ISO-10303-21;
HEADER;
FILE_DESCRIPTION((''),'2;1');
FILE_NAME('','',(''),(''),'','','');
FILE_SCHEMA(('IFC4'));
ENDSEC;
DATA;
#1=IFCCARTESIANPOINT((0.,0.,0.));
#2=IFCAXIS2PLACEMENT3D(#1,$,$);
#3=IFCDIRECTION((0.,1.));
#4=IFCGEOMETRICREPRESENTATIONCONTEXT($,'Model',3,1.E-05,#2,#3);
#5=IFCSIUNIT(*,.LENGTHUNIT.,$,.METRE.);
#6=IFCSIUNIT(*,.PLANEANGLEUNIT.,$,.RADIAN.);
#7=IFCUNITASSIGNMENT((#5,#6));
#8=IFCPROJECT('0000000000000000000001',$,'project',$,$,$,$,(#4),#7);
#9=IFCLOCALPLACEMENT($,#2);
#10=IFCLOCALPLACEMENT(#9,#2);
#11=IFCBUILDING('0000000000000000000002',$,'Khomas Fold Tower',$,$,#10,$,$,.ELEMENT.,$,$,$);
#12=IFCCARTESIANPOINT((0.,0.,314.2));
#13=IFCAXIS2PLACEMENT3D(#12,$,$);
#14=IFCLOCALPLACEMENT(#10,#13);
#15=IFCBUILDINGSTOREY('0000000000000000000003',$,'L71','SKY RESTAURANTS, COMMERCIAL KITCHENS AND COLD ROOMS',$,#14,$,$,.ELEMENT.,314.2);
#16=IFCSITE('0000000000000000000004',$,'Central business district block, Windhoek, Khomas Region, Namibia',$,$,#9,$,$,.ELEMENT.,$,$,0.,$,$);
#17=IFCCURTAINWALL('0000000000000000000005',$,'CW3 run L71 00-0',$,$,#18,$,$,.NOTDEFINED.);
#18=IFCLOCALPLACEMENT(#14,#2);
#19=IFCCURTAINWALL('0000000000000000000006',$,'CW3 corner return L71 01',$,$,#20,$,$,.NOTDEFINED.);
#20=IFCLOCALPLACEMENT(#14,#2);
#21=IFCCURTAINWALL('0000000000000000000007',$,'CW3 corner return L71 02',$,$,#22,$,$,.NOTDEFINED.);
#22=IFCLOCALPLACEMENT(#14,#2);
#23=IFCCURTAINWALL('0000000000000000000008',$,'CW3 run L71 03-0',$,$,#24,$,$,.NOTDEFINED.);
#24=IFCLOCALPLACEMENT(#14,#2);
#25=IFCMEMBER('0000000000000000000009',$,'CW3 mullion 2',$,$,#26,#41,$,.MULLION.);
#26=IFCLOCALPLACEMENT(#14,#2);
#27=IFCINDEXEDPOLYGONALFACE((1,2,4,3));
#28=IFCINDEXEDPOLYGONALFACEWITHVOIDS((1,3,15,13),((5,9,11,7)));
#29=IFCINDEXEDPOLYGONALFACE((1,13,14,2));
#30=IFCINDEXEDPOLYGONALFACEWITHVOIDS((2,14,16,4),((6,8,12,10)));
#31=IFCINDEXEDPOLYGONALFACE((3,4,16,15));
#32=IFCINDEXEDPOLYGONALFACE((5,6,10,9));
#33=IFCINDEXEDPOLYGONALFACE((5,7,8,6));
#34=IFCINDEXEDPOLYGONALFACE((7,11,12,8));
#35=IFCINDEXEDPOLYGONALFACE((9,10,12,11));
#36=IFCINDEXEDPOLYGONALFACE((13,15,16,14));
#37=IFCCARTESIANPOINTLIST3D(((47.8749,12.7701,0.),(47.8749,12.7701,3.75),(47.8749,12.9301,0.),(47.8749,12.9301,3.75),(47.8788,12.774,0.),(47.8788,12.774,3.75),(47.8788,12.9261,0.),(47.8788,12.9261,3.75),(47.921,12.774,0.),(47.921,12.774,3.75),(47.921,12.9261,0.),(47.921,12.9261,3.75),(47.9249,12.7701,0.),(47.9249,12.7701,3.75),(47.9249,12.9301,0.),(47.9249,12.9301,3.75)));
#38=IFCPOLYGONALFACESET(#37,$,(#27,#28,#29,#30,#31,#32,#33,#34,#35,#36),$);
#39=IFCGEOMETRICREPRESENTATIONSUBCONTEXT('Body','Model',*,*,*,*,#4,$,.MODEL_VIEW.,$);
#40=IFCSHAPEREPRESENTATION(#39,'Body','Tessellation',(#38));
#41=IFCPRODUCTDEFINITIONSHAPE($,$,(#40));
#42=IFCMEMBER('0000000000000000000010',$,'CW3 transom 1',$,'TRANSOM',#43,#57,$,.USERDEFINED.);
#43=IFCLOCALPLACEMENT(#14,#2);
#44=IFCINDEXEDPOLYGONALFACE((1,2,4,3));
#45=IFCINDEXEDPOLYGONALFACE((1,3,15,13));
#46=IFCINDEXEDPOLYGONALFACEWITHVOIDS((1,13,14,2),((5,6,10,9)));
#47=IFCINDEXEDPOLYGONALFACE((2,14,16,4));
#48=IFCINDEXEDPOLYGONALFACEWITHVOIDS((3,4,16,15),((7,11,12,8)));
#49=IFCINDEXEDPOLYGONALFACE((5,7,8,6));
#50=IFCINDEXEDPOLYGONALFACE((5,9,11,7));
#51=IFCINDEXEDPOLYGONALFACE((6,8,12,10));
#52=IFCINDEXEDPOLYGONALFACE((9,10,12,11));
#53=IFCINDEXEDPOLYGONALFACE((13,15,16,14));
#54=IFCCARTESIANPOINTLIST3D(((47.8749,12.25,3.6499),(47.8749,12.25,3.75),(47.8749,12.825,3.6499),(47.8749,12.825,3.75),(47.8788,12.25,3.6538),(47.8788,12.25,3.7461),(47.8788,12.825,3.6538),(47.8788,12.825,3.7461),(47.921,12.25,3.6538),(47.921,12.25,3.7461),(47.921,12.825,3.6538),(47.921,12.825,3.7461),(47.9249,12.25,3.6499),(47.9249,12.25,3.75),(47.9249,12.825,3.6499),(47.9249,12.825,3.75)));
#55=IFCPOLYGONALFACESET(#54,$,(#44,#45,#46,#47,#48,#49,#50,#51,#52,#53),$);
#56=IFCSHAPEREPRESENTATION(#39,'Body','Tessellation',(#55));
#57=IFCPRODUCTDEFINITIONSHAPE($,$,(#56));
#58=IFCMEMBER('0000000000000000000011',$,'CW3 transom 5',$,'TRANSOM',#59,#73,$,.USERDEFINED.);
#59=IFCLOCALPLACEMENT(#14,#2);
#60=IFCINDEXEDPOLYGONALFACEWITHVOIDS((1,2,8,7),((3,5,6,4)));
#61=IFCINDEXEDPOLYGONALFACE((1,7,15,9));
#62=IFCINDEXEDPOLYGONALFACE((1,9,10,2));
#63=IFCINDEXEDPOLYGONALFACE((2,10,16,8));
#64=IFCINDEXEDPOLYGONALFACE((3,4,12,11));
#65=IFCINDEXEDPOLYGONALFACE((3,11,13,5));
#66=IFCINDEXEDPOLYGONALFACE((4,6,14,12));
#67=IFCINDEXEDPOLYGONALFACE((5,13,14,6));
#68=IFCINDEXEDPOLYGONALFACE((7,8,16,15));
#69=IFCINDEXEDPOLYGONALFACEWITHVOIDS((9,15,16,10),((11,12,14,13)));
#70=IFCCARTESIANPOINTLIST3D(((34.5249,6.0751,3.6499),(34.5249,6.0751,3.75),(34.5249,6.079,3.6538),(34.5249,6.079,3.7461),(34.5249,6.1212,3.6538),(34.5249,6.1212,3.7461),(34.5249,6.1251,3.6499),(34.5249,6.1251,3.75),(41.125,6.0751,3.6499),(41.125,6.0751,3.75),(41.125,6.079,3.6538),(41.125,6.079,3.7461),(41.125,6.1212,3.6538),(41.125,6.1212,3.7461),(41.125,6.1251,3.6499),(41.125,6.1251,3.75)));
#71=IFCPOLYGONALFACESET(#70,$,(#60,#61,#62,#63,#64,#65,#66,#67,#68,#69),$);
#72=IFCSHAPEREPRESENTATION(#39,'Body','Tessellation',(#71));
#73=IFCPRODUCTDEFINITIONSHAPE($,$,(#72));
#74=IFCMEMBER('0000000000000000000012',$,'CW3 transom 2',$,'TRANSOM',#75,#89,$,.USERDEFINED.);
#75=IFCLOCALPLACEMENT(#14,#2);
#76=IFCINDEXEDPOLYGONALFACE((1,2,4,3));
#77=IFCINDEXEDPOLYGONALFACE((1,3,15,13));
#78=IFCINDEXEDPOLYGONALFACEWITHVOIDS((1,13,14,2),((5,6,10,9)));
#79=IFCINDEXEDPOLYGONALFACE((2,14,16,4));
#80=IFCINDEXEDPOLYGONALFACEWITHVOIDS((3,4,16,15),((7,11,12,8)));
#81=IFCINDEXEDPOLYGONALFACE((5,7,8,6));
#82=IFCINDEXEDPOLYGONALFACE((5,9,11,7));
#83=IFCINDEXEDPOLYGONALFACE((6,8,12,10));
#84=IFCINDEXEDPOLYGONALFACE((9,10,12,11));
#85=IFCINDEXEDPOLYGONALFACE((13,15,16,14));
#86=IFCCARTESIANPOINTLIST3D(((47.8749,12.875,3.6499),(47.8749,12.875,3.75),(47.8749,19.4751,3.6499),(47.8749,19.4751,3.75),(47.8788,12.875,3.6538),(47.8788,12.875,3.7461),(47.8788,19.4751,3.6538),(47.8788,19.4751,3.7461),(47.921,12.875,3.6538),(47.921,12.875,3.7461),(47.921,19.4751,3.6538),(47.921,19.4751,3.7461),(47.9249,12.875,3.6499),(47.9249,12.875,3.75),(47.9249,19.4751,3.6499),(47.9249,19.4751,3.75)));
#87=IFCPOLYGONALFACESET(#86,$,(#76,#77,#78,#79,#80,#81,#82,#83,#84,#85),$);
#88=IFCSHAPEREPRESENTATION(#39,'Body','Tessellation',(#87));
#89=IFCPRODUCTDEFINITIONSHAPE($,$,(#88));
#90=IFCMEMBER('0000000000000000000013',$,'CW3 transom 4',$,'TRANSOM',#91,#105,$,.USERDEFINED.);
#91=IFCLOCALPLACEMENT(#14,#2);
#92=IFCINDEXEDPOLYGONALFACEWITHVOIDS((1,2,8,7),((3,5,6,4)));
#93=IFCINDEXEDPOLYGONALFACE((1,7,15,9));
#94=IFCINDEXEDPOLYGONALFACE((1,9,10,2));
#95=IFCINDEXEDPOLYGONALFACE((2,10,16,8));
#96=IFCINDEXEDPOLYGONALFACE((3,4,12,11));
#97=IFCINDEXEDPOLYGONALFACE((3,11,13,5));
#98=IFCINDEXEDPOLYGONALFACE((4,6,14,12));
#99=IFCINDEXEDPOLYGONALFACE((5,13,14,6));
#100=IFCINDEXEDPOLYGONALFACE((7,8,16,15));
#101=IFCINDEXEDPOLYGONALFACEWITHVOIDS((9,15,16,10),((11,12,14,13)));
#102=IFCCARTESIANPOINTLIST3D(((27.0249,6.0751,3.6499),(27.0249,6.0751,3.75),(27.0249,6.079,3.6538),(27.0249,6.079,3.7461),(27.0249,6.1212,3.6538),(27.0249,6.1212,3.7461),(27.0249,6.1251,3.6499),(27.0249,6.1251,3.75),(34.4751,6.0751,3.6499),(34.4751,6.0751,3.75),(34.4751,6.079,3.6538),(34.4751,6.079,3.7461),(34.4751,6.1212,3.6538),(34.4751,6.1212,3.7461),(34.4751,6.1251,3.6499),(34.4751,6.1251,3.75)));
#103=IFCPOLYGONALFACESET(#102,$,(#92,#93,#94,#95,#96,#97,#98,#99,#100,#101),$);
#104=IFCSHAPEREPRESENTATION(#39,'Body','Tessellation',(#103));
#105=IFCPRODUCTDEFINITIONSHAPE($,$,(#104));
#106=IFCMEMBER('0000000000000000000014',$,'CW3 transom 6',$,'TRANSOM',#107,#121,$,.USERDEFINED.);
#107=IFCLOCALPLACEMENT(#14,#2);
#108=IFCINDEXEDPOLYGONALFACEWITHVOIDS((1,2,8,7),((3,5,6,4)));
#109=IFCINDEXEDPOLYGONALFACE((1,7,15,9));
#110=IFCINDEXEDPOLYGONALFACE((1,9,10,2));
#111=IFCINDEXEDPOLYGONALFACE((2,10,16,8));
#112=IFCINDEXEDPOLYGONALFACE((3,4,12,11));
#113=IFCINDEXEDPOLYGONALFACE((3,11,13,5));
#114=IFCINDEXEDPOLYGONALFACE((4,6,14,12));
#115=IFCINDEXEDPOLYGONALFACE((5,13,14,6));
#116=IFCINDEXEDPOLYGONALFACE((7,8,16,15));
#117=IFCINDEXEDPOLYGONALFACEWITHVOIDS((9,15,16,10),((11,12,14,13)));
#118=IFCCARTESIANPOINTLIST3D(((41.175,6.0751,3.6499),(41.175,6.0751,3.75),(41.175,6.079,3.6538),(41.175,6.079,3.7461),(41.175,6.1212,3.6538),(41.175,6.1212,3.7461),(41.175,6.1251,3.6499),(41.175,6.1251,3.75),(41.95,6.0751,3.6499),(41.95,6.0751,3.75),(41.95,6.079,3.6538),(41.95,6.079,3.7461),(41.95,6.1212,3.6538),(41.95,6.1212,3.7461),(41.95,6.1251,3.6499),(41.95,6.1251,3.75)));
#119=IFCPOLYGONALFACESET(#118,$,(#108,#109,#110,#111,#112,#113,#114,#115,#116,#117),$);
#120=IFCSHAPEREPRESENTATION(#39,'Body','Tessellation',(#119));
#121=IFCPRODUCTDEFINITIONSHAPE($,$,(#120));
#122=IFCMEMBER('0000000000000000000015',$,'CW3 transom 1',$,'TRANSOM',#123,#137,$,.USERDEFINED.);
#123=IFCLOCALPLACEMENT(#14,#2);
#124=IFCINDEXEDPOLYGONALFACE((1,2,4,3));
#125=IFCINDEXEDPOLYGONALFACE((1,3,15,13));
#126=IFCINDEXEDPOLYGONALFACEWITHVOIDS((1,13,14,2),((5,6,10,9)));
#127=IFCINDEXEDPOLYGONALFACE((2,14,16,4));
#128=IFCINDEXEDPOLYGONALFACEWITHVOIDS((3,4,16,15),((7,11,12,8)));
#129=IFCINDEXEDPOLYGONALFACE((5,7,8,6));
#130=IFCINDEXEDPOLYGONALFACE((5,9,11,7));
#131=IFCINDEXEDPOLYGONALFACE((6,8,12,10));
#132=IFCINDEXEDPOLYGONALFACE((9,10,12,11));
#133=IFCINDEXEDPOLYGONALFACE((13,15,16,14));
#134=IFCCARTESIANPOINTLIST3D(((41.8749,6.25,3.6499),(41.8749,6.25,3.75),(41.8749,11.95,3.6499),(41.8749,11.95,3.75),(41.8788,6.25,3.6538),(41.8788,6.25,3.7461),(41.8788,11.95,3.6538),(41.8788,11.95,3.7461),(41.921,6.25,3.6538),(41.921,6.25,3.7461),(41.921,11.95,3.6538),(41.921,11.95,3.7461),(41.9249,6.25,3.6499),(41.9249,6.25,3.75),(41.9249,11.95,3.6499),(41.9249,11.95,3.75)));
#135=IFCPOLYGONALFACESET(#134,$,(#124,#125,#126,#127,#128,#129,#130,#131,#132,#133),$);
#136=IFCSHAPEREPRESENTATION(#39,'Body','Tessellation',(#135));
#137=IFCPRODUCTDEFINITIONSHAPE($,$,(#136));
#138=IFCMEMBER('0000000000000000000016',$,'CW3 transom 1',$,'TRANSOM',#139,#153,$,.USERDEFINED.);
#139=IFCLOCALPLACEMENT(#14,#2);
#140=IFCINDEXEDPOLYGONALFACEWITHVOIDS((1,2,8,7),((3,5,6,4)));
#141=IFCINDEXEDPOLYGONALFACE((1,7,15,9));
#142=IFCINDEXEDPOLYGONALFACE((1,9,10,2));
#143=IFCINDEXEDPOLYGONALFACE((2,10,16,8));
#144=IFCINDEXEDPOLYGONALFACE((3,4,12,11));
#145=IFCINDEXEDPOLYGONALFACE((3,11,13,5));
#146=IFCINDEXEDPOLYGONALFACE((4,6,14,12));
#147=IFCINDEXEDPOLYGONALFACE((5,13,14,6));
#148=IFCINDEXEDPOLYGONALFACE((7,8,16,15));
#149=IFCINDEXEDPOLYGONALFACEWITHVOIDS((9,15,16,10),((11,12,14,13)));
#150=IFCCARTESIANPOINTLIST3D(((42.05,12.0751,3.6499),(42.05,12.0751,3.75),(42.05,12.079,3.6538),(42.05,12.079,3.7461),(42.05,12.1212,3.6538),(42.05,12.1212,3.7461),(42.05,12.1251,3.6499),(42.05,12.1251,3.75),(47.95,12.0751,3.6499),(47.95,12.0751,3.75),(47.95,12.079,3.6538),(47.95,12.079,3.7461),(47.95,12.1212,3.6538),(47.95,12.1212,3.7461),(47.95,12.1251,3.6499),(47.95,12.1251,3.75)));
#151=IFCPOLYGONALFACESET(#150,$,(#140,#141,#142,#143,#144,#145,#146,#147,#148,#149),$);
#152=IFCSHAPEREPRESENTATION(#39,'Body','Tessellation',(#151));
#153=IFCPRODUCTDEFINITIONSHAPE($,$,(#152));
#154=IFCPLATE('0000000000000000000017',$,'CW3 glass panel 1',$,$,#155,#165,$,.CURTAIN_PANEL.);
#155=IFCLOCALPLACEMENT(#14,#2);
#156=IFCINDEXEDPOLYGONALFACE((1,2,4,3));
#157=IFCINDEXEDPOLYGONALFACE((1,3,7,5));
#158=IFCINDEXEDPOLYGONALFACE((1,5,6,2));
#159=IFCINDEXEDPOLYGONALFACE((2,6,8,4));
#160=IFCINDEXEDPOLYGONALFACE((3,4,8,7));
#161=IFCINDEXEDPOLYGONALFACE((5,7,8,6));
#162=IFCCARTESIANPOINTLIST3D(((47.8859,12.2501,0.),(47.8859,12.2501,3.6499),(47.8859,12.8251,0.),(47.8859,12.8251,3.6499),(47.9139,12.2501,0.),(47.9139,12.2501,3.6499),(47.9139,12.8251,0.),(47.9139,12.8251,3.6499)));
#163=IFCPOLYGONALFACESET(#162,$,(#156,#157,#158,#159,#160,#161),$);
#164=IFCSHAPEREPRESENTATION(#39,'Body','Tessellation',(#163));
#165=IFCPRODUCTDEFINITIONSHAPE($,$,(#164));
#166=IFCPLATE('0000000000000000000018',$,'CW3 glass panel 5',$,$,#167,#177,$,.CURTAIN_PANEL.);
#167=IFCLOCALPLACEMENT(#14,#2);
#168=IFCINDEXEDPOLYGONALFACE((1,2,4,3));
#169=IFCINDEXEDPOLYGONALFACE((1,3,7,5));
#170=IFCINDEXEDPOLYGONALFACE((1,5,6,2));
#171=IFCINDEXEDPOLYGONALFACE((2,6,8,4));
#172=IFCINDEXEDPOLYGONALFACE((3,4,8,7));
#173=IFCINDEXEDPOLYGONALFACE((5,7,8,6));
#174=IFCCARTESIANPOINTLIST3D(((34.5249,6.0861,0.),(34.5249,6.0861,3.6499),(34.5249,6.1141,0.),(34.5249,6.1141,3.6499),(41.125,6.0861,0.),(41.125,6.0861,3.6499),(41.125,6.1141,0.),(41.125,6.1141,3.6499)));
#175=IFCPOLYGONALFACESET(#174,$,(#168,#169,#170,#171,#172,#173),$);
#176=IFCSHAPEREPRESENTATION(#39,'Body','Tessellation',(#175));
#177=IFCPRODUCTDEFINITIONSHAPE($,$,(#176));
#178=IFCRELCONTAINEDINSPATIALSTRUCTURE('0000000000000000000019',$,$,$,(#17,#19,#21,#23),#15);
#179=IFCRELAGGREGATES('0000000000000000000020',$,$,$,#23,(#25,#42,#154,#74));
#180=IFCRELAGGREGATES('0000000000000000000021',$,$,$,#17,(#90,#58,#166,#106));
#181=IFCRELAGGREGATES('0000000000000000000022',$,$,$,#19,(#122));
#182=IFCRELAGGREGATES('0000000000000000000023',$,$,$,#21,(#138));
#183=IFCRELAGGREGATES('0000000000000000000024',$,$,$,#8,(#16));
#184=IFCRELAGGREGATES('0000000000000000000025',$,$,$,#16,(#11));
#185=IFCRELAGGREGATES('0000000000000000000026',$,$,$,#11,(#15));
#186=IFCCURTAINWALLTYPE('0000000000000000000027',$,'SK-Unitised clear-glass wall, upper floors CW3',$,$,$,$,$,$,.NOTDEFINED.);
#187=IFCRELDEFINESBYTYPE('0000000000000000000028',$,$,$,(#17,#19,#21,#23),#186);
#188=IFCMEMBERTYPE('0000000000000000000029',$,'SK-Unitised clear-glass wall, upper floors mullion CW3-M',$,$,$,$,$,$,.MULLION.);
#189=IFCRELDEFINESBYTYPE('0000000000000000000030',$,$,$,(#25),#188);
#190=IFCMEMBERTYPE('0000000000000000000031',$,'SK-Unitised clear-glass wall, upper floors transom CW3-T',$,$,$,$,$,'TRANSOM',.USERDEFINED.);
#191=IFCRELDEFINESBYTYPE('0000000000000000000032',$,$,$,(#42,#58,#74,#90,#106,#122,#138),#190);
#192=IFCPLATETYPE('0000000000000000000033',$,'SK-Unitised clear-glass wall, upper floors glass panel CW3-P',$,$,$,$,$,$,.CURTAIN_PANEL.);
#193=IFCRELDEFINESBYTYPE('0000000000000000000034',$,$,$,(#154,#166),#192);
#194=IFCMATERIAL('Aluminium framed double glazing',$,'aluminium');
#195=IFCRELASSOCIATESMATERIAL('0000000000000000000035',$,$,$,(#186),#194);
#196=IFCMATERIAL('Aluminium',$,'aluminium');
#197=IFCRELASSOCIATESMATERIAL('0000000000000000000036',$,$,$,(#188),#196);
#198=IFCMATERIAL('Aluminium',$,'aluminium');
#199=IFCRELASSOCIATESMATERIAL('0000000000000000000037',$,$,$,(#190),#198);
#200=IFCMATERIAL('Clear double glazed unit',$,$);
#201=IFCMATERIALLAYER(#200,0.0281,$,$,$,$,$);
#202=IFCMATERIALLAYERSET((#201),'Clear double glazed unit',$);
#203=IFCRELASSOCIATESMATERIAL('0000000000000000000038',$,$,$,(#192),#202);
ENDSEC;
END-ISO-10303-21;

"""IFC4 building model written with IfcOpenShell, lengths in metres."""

from ifc_helpers import new_model, si_unit, direction, frame, origin, origin_2d, place, context, subcontext, project, spatial, rectangle, hollow_rectangle, extrude, source, transform, mapped, material, layer, layer_set, material_profile, profile_set, type_object, element, aggregate, save


model = new_model("IFC4")

# Units and contexts
model_context = context("Model", 3, precision=1e-05, world=origin(), true_north=direction((0.0, 1.0)))
body_context = subcontext(model_context, "Body", "Model", "MODEL_VIEW")
ifc_project = project(units=[si_unit("LENGTHUNIT", "METRE"), si_unit("PLANEANGLEUNIT", "RADIAN")], contexts=[model_context])

# Site, building, storey
site_placement = place(None, origin())
site = spatial("IfcSite", under=ifc_project, at=site_placement, Name="Central business district block, Windhoek, Khomas Region, Namibia", CompositionType="ELEMENT", RefElevation=0.0)
building_placement = place(site_placement, origin())
building = spatial("IfcBuilding", under=site, at=building_placement, Name="Khomas Fold Tower", CompositionType="ELEMENT")
storey_placement = place(building_placement, frame((0.0, 0.0, 314.2)))
storey = spatial("IfcBuildingStorey", under=building, at=storey_placement, Name="L71", Description="SKY RESTAURANTS, COMMERCIAL KITCHENS AND COLD ROOMS", CompositionType="ELEMENT", Elevation=314.2)

# Curtain walls, members
ifc_material_1 = material(Name="Aluminium framed double glazing", Category="aluminium")
curtain_wall_type = type_object("IfcCurtainWallType", Name="SK-Unitised clear-glass wall, upper floors CW3", PredefinedType="NOTDEFINED", material=ifc_material_1)
curtain_wall_1_placement = place(storey_placement, origin())
curtain_wall_1 = element("IfcCurtainWall", 1, at=curtain_wall_1_placement, inside=storey, type_object=curtain_wall_type, Name="CW3 run L71 00-0", PredefinedType="NOTDEFINED")
ifc_material_2 = material(Name="Aluminium", Category="aluminium")
ifc_material_profile_1 = material_profile(ifc_material_2, hollow_rectangle(XDim=0.05, YDim=0.1599, WallThickness=0.0039, at=origin_2d()), Name="SK-Unitised clear-glass wall, upper floors mullion CW3-M")
ifc_profile_set_1 = profile_set([ifc_material_profile_1], Name="Aluminium")
member_type_1 = type_object("IfcMemberType", Name="SK-Unitised clear-glass wall, upper floors mullion CW3-M", PredefinedType="MULLION", material=ifc_profile_set_1)
shared_shape_1 = source(origin(), body_context, "Body", "SweptSolid", [
    extrude(hollow_rectangle(XDim=0.05, YDim=0.1599, WallThickness=0.0039, at=origin_2d()), origin(), (0.0, 0.0, 1.0), 3.75),
])
curtain_wall_2_placement = place(storey_placement, origin())
curtain_wall_2 = element("IfcCurtainWall", 2, at=curtain_wall_2_placement, inside=storey, type_object=curtain_wall_type, Name="CW3 corner return L71 01", PredefinedType="NOTDEFINED")
curtain_wall_3_placement = place(storey_placement, origin())
curtain_wall_3 = element("IfcCurtainWall", 3, at=curtain_wall_3_placement, inside=storey, type_object=curtain_wall_type, Name="CW3 corner return L71 02", PredefinedType="NOTDEFINED")
curtain_wall_4_placement = place(storey_placement, origin())
curtain_wall_4 = element("IfcCurtainWall", 4, at=curtain_wall_4_placement, inside=storey, type_object=curtain_wall_type, Name="CW3 run L71 03-0", PredefinedType="NOTDEFINED")
member_1_placement = place(storey_placement, frame((47.8999, 12.8501, 0.0), z_axis=(0.0, 0.0, 1.0), x_axis=(-1.0, 0.0, 0.0)))
member_1 = element("IfcMember", 5, at=member_1_placement, type_object=member_type_1, Name="CW3 mullion 2", PredefinedType="MULLION", context=body_context, shape_type="MappedRepresentation", body=[
    mapped(shared_shape_1, transform((0.0, 0.0, 0.0))),
])
ifc_material_3 = material(Name="Aluminium", Category="aluminium")
ifc_material_profile_2 = material_profile(ifc_material_3, hollow_rectangle(XDim=0.05, YDim=0.1001, WallThickness=0.0039, at=origin_2d()), Name="SK-Unitised clear-glass wall, upper floors transom CW3-T")
ifc_profile_set_2 = profile_set([ifc_material_profile_2], Name="Aluminium")
member_type_2 = type_object("IfcMemberType", Name="SK-Unitised clear-glass wall, upper floors transom CW3-T", ElementType="TRANSOM", PredefinedType="USERDEFINED", material=ifc_profile_set_2)
shared_shape_2 = source(origin(), body_context, "Body", "SweptSolid", [
    extrude(hollow_rectangle(XDim=0.05, YDim=0.1001, WallThickness=0.0039, at=origin_2d()), origin(), (0.0, 0.0, 1.0), 0.575),
])
member_2_placement = place(storey_placement, frame((47.8999, 12.25, 3.7), z_axis=(0.0, 1.0, 0.0), x_axis=(-1.0, 0.0, 0.0)))
member_2 = element("IfcMember", 6, at=member_2_placement, type_object=member_type_2, Name="CW3 transom 1", ObjectType="TRANSOM", PredefinedType="USERDEFINED", context=body_context, shape_type="MappedRepresentation", body=[
    mapped(shared_shape_2, transform((0.0, 0.0, 0.0))),
])

# Members
shared_shape_3 = source(origin(), body_context, "Body", "SweptSolid", [
    extrude(hollow_rectangle(XDim=0.05, YDim=0.1001, WallThickness=0.0039, at=origin_2d()), origin(), (0.0, 0.0, 1.0), 6.6001),
])
member_3_placement = place(storey_placement, frame((34.5249, 6.1001, 3.7), z_axis=(1.0, 0.0, 0.0), x_axis=(0.0, 1.0, 0.0)))
member_3 = element("IfcMember", 7, at=member_3_placement, type_object=member_type_2, Name="CW3 transom 5", ObjectType="TRANSOM", PredefinedType="USERDEFINED", context=body_context, shape_type="MappedRepresentation", body=[
    mapped(shared_shape_3, transform((0.0, 0.0, 0.0))),
])
member_4_placement = place(storey_placement, frame((47.8999, 12.875, 3.7), z_axis=(0.0, 1.0, 0.0), x_axis=(-1.0, 0.0, 0.0)))
member_4 = element("IfcMember", 8, at=member_4_placement, type_object=member_type_2, Name="CW3 transom 2", ObjectType="TRANSOM", PredefinedType="USERDEFINED", context=body_context, shape_type="MappedRepresentation", body=[
    mapped(shared_shape_3, transform((0.0, 0.0, 0.0))),
])
shared_shape_4 = source(origin(), body_context, "Body", "SweptSolid", [
    extrude(hollow_rectangle(XDim=0.05, YDim=0.1001, WallThickness=0.0039, at=origin_2d()), origin(), (0.0, 0.0, 1.0), 7.4502),
])
member_5_placement = place(storey_placement, frame((27.0249, 6.1001, 3.7), z_axis=(1.0, 0.0, 0.0), x_axis=(0.0, 1.0, 0.0)))
member_5 = element("IfcMember", 9, at=member_5_placement, type_object=member_type_2, Name="CW3 transom 4", ObjectType="TRANSOM", PredefinedType="USERDEFINED", context=body_context, shape_type="MappedRepresentation", body=[
    mapped(shared_shape_4, transform((0.0, 0.0, 0.0))),
])
shared_shape_5 = source(origin(), body_context, "Body", "SweptSolid", [
    extrude(hollow_rectangle(XDim=0.05, YDim=0.1001, WallThickness=0.0039, at=origin_2d()), origin(), (0.0, 0.0, 1.0), 0.7749),
])
member_6_placement = place(storey_placement, frame((41.175, 6.1001, 3.7), z_axis=(1.0, 0.0, 0.0), x_axis=(0.0, 1.0, 0.0)))
member_6 = element("IfcMember", 10, at=member_6_placement, type_object=member_type_2, Name="CW3 transom 6", ObjectType="TRANSOM", PredefinedType="USERDEFINED", context=body_context, shape_type="MappedRepresentation", body=[
    mapped(shared_shape_5, transform((0.0, 0.0, 0.0))),
])
shared_shape_6 = source(origin(), body_context, "Body", "SweptSolid", [
    extrude(hollow_rectangle(XDim=0.05, YDim=0.1001, WallThickness=0.0039, at=origin_2d()), origin(), (0.0, 0.0, 1.0), 5.7),
])
member_7_placement = place(storey_placement, frame((41.8999, 6.25, 3.7), z_axis=(0.0, 1.0, 0.0), x_axis=(-1.0, 0.0, 0.0)))
member_7 = element("IfcMember", 11, at=member_7_placement, type_object=member_type_2, Name="CW3 transom 1", ObjectType="TRANSOM", PredefinedType="USERDEFINED", context=body_context, shape_type="MappedRepresentation", body=[
    mapped(shared_shape_6, transform((0.0, 0.0, 0.0))),
])
shared_shape_7 = source(origin(), body_context, "Body", "SweptSolid", [
    extrude(hollow_rectangle(XDim=0.05, YDim=0.1001, WallThickness=0.0039, at=origin_2d()), origin(), (0.0, 0.0, 1.0), 5.8999),
])
member_8_placement = place(storey_placement, frame((42.05, 12.1001, 3.7), z_axis=(1.0, 0.0, 0.0), x_axis=(0.0, 1.0, 0.0)))
member_8 = element("IfcMember", 12, at=member_8_placement, type_object=member_type_2, Name="CW3 transom 1", ObjectType="TRANSOM", PredefinedType="USERDEFINED", context=body_context, shape_type="MappedRepresentation", body=[
    mapped(shared_shape_7, transform((0.0, 0.0, 0.0))),
])

# Plates
ifc_material_4 = material(Name="Clear double glazed unit")
ifc_layer_1 = layer(ifc_material_4, 0.0281)
ifc_layer_set_1 = layer_set([ifc_layer_1], Name="Clear double glazed unit")
plate_type = type_object("IfcPlateType", Name="SK-Unitised clear-glass wall, upper floors glass panel CW3-P", PredefinedType="CURTAIN_PANEL", material=ifc_layer_set_1)
shared_shape_8 = source(origin(), body_context, "Body", "SweptSolid", [
    extrude(rectangle(XDim=0.575, YDim=0.0281, at=origin_2d()), origin(), (0.0, 0.0, 1.0), 3.6499),
])
plate_1_placement = place(storey_placement, frame((47.8999, 12.5376, 0.0), z_axis=(0.0, 0.0, 1.0), x_axis=(0.0, 1.0, 0.0)))
plate_1 = element("IfcPlate", 13, at=plate_1_placement, type_object=plate_type, Name="CW3 glass panel 1", PredefinedType="CURTAIN_PANEL", context=body_context, shape_type="MappedRepresentation", body=[
    mapped(shared_shape_8, transform((0.0, 0.0, 0.0))),
])
aggregate(curtain_wall_4, [member_1, member_2, plate_1, member_4])
shared_shape_9 = source(origin(), body_context, "Body", "SweptSolid", [
    extrude(rectangle(XDim=6.6001, YDim=0.0281, at=origin_2d()), origin(), (0.0, 0.0, 1.0), 3.6499),
])
plate_2_placement = place(storey_placement, frame((37.825, 6.1001, 0.0), z_axis=(0.0, 0.0, 1.0), x_axis=(1.0, 0.0, 0.0)))
plate_2 = element("IfcPlate", 14, at=plate_2_placement, type_object=plate_type, Name="CW3 glass panel 5", PredefinedType="CURTAIN_PANEL", context=body_context, shape_type="MappedRepresentation", body=[
    mapped(shared_shape_9, transform((0.0, 0.0, 0.0))),
])
aggregate(curtain_wall_1, [member_5, member_3, plate_2, member_6])
aggregate(curtain_wall_2, [member_7])
aggregate(curtain_wall_3, [member_8])

save(model, "model.ifc")
